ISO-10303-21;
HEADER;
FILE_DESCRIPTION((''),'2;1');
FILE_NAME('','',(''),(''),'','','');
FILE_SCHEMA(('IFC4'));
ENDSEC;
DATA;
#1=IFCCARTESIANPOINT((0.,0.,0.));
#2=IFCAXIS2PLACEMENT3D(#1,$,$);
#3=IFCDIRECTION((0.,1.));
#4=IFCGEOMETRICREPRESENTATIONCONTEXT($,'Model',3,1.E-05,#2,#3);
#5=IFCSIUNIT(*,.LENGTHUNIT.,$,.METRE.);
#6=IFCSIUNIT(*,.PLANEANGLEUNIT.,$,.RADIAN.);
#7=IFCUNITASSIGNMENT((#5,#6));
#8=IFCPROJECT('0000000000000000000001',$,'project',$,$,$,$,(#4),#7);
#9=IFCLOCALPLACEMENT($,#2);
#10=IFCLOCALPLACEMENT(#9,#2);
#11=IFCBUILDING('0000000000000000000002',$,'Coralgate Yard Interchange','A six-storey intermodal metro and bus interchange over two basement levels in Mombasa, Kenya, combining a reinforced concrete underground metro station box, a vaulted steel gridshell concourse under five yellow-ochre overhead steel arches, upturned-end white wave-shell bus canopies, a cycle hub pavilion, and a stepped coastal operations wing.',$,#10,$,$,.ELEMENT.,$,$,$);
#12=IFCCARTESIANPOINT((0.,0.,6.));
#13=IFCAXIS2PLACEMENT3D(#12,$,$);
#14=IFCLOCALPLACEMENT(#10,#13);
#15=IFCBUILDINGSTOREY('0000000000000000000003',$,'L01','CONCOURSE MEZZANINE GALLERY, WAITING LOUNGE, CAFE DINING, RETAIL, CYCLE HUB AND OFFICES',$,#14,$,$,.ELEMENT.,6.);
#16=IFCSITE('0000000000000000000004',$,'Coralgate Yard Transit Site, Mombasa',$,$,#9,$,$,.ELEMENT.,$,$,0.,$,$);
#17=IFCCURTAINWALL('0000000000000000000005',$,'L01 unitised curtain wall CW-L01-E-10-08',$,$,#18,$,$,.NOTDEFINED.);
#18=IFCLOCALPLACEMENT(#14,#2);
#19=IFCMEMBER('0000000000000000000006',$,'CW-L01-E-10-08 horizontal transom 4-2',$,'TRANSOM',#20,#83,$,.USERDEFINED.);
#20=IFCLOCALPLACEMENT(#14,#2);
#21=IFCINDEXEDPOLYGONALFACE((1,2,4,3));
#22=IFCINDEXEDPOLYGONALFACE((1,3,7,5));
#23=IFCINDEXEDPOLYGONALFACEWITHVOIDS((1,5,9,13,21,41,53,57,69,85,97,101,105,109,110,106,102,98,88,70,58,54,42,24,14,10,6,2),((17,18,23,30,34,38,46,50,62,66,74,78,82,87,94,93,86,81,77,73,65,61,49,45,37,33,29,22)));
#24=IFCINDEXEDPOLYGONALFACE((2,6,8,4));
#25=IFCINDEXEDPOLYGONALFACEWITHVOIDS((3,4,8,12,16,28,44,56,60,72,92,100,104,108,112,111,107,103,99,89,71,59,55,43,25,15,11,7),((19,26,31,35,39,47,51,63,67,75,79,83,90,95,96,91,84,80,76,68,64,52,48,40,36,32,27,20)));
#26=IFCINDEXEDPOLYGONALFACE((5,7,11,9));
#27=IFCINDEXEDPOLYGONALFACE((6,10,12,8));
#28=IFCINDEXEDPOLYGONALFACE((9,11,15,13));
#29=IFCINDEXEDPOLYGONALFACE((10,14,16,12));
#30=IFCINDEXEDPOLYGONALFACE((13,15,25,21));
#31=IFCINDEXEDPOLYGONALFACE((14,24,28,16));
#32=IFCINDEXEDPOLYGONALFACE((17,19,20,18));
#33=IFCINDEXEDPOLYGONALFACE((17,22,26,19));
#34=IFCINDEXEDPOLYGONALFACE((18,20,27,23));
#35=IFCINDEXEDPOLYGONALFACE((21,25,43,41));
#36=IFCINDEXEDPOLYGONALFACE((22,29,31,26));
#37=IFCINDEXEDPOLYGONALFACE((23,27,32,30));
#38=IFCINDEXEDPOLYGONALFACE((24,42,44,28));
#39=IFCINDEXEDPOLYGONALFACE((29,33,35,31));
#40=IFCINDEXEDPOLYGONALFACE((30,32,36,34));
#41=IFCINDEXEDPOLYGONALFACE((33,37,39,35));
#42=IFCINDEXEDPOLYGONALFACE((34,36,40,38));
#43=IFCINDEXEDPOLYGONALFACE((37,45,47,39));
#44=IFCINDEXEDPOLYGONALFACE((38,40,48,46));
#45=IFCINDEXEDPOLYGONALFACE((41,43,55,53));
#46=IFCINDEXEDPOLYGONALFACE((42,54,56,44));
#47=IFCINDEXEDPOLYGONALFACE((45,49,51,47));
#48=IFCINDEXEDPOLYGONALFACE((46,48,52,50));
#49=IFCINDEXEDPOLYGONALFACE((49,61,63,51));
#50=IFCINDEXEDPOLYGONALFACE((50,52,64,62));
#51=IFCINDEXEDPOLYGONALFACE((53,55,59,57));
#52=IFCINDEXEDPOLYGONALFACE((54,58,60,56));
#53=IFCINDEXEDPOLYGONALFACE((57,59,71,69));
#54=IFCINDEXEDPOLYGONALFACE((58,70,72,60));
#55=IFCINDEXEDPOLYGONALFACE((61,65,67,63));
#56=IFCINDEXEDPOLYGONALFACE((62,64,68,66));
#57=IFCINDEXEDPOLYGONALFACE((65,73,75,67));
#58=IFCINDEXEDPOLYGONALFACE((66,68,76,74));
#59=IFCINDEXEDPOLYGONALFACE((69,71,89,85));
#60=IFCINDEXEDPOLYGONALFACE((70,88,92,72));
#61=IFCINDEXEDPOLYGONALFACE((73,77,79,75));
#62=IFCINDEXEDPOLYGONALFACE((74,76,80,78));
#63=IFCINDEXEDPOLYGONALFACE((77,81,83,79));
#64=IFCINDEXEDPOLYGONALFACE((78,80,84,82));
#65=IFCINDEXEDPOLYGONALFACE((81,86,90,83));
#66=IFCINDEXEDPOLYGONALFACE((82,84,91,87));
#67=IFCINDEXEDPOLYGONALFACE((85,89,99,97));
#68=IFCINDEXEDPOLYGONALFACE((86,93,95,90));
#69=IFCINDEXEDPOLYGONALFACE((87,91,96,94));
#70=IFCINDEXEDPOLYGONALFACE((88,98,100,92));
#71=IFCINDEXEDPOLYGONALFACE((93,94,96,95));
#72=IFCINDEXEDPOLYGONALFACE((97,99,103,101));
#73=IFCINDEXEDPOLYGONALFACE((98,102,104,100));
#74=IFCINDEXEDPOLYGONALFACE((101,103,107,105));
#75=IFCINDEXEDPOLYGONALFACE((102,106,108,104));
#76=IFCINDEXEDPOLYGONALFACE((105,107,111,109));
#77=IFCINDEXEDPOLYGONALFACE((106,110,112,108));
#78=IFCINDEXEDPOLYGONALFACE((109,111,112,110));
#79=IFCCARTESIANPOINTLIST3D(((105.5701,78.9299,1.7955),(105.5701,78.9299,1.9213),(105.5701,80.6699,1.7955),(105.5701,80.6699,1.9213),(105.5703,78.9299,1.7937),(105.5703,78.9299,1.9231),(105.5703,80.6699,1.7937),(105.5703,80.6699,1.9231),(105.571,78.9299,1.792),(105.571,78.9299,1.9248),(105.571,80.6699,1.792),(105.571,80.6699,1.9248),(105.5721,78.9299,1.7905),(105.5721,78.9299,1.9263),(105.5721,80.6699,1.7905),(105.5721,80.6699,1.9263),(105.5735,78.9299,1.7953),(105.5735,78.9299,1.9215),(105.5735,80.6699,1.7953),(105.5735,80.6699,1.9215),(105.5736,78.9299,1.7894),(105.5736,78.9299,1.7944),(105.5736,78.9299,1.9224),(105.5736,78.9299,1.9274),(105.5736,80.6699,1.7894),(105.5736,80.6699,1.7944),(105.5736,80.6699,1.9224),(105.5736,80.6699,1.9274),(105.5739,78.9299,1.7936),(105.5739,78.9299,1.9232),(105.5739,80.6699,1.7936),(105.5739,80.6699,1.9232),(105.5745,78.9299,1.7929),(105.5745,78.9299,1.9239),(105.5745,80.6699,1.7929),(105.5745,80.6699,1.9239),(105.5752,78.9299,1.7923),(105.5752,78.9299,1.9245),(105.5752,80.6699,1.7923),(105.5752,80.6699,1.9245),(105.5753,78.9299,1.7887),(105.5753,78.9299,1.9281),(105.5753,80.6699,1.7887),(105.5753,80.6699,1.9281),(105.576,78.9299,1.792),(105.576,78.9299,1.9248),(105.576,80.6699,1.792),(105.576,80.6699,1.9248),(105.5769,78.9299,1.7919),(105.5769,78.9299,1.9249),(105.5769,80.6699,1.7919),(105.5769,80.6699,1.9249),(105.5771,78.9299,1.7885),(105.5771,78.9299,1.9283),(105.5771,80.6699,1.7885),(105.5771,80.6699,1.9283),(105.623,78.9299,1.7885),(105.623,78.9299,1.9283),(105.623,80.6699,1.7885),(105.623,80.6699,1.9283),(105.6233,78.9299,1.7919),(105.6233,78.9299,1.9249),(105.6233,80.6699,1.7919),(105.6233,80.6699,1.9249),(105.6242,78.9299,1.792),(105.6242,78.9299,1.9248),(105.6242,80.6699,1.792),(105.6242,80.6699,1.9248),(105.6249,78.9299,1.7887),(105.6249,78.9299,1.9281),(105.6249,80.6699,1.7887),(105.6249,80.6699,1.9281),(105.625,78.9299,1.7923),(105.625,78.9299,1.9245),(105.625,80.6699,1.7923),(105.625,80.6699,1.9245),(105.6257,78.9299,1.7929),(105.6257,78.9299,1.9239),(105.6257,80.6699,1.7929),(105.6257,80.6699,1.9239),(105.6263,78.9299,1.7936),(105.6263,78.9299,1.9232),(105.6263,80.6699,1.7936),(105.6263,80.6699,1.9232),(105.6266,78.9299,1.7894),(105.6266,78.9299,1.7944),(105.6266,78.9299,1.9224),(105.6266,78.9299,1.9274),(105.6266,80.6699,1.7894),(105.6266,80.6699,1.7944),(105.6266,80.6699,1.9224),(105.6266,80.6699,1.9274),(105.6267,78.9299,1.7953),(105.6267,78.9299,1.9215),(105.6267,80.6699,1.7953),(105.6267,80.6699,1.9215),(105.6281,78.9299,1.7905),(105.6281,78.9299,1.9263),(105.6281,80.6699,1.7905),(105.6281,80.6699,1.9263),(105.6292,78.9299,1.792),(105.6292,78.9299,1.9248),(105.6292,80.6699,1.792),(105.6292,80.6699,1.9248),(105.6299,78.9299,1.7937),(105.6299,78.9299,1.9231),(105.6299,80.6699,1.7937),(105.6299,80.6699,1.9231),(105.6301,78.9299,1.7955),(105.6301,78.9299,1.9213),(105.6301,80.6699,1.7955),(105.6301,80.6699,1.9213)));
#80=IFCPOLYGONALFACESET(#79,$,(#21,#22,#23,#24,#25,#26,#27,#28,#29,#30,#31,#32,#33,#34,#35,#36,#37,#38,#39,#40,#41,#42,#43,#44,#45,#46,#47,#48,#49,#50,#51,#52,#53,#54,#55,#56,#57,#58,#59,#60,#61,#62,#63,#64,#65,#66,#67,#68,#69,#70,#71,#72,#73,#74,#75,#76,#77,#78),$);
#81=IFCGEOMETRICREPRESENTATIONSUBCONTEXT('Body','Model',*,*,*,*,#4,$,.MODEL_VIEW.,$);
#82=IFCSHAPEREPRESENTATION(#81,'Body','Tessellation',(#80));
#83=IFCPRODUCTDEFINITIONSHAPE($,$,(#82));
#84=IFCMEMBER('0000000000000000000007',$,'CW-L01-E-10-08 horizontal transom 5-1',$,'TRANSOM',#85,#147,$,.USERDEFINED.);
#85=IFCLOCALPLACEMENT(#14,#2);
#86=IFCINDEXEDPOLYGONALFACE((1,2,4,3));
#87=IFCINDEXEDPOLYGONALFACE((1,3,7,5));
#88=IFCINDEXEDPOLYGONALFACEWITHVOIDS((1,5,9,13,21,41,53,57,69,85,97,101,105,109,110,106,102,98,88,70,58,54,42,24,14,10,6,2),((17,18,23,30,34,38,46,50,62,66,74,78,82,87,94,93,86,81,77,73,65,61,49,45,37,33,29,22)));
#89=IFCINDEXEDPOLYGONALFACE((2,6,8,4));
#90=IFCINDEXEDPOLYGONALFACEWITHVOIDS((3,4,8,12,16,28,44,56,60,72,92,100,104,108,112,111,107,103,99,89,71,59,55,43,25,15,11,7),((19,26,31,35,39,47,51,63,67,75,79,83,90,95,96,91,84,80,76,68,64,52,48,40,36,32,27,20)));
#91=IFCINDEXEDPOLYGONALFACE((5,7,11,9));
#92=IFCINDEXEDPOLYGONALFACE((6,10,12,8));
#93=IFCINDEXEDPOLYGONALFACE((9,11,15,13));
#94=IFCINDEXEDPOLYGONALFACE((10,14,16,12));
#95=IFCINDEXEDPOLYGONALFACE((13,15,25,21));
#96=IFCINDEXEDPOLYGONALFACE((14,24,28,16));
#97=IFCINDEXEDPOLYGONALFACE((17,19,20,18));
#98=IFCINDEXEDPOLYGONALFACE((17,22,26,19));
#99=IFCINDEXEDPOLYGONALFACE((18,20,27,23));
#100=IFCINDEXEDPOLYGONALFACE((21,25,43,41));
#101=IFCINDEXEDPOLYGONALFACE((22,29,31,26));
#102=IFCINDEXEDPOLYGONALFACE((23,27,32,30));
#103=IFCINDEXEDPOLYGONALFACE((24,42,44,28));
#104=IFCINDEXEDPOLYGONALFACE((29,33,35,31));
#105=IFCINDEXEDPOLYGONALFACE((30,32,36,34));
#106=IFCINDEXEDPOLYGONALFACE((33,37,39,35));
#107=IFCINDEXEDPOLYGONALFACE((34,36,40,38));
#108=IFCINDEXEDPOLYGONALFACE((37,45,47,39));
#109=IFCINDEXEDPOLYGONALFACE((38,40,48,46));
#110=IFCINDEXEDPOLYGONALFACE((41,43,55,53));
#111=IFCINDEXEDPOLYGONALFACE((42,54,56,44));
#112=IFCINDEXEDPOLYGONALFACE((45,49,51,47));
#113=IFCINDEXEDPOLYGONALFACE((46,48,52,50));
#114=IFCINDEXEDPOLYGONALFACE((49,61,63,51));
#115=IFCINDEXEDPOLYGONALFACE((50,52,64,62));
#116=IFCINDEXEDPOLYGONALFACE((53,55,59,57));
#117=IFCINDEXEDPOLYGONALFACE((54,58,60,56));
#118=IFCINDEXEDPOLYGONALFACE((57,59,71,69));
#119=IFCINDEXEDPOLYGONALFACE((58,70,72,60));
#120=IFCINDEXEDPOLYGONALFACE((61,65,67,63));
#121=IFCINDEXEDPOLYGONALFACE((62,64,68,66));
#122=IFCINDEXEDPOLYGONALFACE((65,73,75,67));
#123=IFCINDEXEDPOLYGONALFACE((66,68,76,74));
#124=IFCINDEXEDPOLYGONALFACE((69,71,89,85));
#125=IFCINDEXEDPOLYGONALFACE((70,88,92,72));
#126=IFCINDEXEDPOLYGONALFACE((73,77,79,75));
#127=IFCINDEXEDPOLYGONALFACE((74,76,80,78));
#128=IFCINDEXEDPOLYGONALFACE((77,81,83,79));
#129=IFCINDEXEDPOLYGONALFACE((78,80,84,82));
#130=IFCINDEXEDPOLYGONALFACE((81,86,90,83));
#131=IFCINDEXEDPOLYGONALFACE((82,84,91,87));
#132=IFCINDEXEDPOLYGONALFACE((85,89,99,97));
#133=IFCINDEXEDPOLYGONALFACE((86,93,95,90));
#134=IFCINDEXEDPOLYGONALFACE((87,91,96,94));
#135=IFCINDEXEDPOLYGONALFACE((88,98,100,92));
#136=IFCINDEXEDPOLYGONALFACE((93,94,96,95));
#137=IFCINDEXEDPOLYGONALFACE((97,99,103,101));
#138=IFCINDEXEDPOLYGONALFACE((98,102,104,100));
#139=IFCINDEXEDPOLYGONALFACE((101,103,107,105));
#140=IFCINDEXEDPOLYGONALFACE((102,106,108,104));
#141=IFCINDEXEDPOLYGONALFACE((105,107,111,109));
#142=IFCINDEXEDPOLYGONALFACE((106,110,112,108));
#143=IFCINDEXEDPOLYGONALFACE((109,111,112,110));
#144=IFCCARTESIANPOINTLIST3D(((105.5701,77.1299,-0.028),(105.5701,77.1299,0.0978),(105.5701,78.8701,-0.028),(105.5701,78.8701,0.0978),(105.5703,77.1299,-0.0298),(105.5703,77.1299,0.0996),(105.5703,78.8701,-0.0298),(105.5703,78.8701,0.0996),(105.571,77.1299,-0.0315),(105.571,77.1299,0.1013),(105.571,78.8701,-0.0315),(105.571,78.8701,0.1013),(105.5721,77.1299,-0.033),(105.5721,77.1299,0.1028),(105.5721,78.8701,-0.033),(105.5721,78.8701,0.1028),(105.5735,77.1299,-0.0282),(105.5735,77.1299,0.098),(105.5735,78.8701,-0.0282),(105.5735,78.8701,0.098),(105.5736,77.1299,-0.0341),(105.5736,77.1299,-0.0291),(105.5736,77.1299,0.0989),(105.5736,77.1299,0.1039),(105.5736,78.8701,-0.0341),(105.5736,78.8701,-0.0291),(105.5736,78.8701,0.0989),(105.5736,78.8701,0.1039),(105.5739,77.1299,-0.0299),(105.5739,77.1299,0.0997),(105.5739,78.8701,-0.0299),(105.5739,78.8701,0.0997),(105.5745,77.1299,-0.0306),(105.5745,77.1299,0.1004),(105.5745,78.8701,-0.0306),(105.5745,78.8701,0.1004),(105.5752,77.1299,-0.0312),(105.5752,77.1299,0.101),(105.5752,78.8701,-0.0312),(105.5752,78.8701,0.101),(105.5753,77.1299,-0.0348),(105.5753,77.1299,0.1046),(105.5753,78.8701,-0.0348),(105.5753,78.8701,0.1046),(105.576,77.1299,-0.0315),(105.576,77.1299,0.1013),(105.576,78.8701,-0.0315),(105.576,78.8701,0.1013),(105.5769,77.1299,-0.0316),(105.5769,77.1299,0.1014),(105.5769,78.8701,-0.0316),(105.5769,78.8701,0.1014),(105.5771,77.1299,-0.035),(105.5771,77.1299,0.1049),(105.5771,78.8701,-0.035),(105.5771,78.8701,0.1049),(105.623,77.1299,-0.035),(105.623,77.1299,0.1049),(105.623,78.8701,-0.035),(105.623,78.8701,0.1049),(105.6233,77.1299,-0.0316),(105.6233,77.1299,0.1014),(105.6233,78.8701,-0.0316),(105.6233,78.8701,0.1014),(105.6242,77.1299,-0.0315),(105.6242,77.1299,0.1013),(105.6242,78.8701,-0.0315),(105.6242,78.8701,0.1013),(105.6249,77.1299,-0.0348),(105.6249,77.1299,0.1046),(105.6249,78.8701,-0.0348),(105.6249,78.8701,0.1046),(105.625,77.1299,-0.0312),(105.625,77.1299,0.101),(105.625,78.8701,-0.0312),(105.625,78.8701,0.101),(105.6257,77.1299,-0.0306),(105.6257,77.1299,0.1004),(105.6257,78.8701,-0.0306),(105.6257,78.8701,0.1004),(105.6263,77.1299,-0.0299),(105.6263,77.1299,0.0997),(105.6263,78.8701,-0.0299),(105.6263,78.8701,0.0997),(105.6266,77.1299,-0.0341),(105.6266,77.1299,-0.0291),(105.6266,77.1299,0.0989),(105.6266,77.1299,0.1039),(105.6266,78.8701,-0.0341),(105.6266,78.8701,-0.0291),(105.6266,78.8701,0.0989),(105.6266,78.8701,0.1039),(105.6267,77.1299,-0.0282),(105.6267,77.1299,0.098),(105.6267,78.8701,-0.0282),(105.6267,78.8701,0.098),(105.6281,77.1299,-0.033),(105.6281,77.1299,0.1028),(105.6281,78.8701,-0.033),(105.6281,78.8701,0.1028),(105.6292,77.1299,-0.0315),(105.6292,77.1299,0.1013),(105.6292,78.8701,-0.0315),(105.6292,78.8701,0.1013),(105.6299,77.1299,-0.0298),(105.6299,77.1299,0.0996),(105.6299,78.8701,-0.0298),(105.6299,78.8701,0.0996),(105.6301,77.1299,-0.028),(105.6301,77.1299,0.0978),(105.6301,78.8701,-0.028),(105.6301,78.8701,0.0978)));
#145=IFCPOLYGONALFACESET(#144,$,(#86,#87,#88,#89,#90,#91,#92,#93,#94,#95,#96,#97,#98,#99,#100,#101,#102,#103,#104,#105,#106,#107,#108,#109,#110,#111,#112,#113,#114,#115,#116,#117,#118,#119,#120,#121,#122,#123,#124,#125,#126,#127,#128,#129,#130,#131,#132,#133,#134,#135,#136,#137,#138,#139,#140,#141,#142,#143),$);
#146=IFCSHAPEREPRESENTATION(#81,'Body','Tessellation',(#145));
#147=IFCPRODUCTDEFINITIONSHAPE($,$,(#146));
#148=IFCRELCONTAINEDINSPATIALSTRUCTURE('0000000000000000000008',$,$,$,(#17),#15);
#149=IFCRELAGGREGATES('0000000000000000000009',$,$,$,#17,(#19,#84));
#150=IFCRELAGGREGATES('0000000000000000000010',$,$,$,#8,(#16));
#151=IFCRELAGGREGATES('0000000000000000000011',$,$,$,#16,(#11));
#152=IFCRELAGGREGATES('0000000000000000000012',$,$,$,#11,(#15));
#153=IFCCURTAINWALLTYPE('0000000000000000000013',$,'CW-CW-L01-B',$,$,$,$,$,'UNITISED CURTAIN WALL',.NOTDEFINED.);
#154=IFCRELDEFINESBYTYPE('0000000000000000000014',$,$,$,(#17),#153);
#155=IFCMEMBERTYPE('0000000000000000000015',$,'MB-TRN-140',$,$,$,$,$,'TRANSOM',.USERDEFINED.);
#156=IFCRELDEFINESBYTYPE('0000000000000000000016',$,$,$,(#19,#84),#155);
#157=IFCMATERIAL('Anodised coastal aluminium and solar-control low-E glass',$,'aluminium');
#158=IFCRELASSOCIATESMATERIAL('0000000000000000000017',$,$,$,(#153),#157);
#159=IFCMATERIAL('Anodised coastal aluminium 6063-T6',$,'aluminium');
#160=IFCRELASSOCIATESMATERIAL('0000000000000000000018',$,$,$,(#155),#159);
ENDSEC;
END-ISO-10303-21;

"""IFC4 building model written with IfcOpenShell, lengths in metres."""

from ifc_helpers import new_model, si_unit, direction, frame, origin, origin_2d, place, context, subcontext, project, spatial, hollow_rectangle, extrude, material, material_profile, profile_set, type_object, element, aggregate, save


model = new_model("IFC4")

# Units and contexts
model_context = context("Model", 3, precision=1e-05, world=origin(), true_north=direction((0.0, 1.0)))
body_context = subcontext(model_context, "Body", "Model", "MODEL_VIEW")
ifc_project = project(units=[si_unit("LENGTHUNIT", "METRE"), si_unit("PLANEANGLEUNIT", "RADIAN")], contexts=[model_context])

# Site, building, storey
site_placement = place(None, origin())
site = spatial("IfcSite", under=ifc_project, at=site_placement, Name="Coralgate Yard Transit Site, Mombasa", CompositionType="ELEMENT", RefElevation=0.0)
building_placement = place(site_placement, origin())
building = spatial("IfcBuilding", under=site, at=building_placement, Name="Coralgate Yard Interchange", Description="A six-storey intermodal metro and bus interchange over two basement levels in Mombasa, Kenya, combining a reinforced concrete underground metro station box, a vaulted steel gridshell concourse under five yellow-ochre overhead steel arches, upturned-end white wave-shell bus canopies, a cycle hub pavilion, and a stepped coastal operations wing.", CompositionType="ELEMENT")
storey_placement = place(building_placement, frame((0.0, 0.0, 6.0)))
storey = spatial("IfcBuildingStorey", under=building, at=storey_placement, Name="L01", Description="CONCOURSE MEZZANINE GALLERY, WAITING LOUNGE, CAFE DINING, RETAIL, CYCLE HUB AND OFFICES", CompositionType="ELEMENT", Elevation=6.0)

# Curtain wall
ifc_material_1 = material(Name="Anodised coastal aluminium and solar-control low-E glass", Category="aluminium")
curtain_wall_type = type_object("IfcCurtainWallType", Name="CW-CW-L01-B", ElementType="UNITISED CURTAIN WALL", PredefinedType="NOTDEFINED", material=ifc_material_1)
curtain_wall_1_placement = place(storey_placement, origin())
curtain_wall_1 = element("IfcCurtainWall", 1, at=curtain_wall_1_placement, inside=storey, type_object=curtain_wall_type, Name="L01 unitised curtain wall CW-L01-E-10-08", PredefinedType="NOTDEFINED")
ifc_material_2 = material(Name="Anodised coastal aluminium 6063-T6", Category="aluminium")

# Members
ifc_material_profile_1 = material_profile(ifc_material_2, hollow_rectangle(XDim=0.0601, YDim=0.1399, WallThickness=0.0034, InnerFilletRadius=0.0034, OuterFilletRadius=0.0071, at=origin_2d()), Name="ALU 60x140x3.5")
ifc_profile_set_1 = profile_set([ifc_material_profile_1], Name="Anodised coastal aluminium 6063-T6")
member_type_1 = type_object("IfcMemberType", Name="MB-TRN-140", ElementType="TRANSOM", PredefinedType="USERDEFINED", material=ifc_profile_set_1)
member_1_placement = place(storey_placement, frame((105.6001, 80.6699, 1.8584), z_axis=(0.0, -1.0, 0.0), x_axis=(1.0, 0.0, 0.0)))
member_1 = element("IfcMember", 2, at=member_1_placement, type_object=member_type_1, Name="CW-L01-E-10-08 horizontal transom 4-2", ObjectType="TRANSOM", PredefinedType="USERDEFINED", context=body_context, shape_type="SweptSolid", body=[
    extrude(hollow_rectangle(XDim=0.0601, YDim=0.1399, WallThickness=0.0034, InnerFilletRadius=0.0034, OuterFilletRadius=0.0071, at=origin_2d()), origin(), (0.0, 0.0, 1.0), 1.74),
])
member_2_placement = place(storey_placement, frame((105.6001, 78.8701, 0.0349), z_axis=(0.0, -1.0, 0.0), x_axis=(1.0, 0.0, 0.0)))
member_2 = element("IfcMember", 3, at=member_2_placement, type_object=member_type_1, Name="CW-L01-E-10-08 horizontal transom 5-1", ObjectType="TRANSOM", PredefinedType="USERDEFINED", context=body_context, shape_type="SweptSolid", body=[
    extrude(hollow_rectangle(XDim=0.0601, YDim=0.1399, WallThickness=0.0034, InnerFilletRadius=0.0034, OuterFilletRadius=0.0071, at=origin_2d()), origin(), (0.0, 0.0, 1.0), 1.7402),
])

aggregate(curtain_wall_1, [member_1, member_2])

save(model, "model.ifc")
